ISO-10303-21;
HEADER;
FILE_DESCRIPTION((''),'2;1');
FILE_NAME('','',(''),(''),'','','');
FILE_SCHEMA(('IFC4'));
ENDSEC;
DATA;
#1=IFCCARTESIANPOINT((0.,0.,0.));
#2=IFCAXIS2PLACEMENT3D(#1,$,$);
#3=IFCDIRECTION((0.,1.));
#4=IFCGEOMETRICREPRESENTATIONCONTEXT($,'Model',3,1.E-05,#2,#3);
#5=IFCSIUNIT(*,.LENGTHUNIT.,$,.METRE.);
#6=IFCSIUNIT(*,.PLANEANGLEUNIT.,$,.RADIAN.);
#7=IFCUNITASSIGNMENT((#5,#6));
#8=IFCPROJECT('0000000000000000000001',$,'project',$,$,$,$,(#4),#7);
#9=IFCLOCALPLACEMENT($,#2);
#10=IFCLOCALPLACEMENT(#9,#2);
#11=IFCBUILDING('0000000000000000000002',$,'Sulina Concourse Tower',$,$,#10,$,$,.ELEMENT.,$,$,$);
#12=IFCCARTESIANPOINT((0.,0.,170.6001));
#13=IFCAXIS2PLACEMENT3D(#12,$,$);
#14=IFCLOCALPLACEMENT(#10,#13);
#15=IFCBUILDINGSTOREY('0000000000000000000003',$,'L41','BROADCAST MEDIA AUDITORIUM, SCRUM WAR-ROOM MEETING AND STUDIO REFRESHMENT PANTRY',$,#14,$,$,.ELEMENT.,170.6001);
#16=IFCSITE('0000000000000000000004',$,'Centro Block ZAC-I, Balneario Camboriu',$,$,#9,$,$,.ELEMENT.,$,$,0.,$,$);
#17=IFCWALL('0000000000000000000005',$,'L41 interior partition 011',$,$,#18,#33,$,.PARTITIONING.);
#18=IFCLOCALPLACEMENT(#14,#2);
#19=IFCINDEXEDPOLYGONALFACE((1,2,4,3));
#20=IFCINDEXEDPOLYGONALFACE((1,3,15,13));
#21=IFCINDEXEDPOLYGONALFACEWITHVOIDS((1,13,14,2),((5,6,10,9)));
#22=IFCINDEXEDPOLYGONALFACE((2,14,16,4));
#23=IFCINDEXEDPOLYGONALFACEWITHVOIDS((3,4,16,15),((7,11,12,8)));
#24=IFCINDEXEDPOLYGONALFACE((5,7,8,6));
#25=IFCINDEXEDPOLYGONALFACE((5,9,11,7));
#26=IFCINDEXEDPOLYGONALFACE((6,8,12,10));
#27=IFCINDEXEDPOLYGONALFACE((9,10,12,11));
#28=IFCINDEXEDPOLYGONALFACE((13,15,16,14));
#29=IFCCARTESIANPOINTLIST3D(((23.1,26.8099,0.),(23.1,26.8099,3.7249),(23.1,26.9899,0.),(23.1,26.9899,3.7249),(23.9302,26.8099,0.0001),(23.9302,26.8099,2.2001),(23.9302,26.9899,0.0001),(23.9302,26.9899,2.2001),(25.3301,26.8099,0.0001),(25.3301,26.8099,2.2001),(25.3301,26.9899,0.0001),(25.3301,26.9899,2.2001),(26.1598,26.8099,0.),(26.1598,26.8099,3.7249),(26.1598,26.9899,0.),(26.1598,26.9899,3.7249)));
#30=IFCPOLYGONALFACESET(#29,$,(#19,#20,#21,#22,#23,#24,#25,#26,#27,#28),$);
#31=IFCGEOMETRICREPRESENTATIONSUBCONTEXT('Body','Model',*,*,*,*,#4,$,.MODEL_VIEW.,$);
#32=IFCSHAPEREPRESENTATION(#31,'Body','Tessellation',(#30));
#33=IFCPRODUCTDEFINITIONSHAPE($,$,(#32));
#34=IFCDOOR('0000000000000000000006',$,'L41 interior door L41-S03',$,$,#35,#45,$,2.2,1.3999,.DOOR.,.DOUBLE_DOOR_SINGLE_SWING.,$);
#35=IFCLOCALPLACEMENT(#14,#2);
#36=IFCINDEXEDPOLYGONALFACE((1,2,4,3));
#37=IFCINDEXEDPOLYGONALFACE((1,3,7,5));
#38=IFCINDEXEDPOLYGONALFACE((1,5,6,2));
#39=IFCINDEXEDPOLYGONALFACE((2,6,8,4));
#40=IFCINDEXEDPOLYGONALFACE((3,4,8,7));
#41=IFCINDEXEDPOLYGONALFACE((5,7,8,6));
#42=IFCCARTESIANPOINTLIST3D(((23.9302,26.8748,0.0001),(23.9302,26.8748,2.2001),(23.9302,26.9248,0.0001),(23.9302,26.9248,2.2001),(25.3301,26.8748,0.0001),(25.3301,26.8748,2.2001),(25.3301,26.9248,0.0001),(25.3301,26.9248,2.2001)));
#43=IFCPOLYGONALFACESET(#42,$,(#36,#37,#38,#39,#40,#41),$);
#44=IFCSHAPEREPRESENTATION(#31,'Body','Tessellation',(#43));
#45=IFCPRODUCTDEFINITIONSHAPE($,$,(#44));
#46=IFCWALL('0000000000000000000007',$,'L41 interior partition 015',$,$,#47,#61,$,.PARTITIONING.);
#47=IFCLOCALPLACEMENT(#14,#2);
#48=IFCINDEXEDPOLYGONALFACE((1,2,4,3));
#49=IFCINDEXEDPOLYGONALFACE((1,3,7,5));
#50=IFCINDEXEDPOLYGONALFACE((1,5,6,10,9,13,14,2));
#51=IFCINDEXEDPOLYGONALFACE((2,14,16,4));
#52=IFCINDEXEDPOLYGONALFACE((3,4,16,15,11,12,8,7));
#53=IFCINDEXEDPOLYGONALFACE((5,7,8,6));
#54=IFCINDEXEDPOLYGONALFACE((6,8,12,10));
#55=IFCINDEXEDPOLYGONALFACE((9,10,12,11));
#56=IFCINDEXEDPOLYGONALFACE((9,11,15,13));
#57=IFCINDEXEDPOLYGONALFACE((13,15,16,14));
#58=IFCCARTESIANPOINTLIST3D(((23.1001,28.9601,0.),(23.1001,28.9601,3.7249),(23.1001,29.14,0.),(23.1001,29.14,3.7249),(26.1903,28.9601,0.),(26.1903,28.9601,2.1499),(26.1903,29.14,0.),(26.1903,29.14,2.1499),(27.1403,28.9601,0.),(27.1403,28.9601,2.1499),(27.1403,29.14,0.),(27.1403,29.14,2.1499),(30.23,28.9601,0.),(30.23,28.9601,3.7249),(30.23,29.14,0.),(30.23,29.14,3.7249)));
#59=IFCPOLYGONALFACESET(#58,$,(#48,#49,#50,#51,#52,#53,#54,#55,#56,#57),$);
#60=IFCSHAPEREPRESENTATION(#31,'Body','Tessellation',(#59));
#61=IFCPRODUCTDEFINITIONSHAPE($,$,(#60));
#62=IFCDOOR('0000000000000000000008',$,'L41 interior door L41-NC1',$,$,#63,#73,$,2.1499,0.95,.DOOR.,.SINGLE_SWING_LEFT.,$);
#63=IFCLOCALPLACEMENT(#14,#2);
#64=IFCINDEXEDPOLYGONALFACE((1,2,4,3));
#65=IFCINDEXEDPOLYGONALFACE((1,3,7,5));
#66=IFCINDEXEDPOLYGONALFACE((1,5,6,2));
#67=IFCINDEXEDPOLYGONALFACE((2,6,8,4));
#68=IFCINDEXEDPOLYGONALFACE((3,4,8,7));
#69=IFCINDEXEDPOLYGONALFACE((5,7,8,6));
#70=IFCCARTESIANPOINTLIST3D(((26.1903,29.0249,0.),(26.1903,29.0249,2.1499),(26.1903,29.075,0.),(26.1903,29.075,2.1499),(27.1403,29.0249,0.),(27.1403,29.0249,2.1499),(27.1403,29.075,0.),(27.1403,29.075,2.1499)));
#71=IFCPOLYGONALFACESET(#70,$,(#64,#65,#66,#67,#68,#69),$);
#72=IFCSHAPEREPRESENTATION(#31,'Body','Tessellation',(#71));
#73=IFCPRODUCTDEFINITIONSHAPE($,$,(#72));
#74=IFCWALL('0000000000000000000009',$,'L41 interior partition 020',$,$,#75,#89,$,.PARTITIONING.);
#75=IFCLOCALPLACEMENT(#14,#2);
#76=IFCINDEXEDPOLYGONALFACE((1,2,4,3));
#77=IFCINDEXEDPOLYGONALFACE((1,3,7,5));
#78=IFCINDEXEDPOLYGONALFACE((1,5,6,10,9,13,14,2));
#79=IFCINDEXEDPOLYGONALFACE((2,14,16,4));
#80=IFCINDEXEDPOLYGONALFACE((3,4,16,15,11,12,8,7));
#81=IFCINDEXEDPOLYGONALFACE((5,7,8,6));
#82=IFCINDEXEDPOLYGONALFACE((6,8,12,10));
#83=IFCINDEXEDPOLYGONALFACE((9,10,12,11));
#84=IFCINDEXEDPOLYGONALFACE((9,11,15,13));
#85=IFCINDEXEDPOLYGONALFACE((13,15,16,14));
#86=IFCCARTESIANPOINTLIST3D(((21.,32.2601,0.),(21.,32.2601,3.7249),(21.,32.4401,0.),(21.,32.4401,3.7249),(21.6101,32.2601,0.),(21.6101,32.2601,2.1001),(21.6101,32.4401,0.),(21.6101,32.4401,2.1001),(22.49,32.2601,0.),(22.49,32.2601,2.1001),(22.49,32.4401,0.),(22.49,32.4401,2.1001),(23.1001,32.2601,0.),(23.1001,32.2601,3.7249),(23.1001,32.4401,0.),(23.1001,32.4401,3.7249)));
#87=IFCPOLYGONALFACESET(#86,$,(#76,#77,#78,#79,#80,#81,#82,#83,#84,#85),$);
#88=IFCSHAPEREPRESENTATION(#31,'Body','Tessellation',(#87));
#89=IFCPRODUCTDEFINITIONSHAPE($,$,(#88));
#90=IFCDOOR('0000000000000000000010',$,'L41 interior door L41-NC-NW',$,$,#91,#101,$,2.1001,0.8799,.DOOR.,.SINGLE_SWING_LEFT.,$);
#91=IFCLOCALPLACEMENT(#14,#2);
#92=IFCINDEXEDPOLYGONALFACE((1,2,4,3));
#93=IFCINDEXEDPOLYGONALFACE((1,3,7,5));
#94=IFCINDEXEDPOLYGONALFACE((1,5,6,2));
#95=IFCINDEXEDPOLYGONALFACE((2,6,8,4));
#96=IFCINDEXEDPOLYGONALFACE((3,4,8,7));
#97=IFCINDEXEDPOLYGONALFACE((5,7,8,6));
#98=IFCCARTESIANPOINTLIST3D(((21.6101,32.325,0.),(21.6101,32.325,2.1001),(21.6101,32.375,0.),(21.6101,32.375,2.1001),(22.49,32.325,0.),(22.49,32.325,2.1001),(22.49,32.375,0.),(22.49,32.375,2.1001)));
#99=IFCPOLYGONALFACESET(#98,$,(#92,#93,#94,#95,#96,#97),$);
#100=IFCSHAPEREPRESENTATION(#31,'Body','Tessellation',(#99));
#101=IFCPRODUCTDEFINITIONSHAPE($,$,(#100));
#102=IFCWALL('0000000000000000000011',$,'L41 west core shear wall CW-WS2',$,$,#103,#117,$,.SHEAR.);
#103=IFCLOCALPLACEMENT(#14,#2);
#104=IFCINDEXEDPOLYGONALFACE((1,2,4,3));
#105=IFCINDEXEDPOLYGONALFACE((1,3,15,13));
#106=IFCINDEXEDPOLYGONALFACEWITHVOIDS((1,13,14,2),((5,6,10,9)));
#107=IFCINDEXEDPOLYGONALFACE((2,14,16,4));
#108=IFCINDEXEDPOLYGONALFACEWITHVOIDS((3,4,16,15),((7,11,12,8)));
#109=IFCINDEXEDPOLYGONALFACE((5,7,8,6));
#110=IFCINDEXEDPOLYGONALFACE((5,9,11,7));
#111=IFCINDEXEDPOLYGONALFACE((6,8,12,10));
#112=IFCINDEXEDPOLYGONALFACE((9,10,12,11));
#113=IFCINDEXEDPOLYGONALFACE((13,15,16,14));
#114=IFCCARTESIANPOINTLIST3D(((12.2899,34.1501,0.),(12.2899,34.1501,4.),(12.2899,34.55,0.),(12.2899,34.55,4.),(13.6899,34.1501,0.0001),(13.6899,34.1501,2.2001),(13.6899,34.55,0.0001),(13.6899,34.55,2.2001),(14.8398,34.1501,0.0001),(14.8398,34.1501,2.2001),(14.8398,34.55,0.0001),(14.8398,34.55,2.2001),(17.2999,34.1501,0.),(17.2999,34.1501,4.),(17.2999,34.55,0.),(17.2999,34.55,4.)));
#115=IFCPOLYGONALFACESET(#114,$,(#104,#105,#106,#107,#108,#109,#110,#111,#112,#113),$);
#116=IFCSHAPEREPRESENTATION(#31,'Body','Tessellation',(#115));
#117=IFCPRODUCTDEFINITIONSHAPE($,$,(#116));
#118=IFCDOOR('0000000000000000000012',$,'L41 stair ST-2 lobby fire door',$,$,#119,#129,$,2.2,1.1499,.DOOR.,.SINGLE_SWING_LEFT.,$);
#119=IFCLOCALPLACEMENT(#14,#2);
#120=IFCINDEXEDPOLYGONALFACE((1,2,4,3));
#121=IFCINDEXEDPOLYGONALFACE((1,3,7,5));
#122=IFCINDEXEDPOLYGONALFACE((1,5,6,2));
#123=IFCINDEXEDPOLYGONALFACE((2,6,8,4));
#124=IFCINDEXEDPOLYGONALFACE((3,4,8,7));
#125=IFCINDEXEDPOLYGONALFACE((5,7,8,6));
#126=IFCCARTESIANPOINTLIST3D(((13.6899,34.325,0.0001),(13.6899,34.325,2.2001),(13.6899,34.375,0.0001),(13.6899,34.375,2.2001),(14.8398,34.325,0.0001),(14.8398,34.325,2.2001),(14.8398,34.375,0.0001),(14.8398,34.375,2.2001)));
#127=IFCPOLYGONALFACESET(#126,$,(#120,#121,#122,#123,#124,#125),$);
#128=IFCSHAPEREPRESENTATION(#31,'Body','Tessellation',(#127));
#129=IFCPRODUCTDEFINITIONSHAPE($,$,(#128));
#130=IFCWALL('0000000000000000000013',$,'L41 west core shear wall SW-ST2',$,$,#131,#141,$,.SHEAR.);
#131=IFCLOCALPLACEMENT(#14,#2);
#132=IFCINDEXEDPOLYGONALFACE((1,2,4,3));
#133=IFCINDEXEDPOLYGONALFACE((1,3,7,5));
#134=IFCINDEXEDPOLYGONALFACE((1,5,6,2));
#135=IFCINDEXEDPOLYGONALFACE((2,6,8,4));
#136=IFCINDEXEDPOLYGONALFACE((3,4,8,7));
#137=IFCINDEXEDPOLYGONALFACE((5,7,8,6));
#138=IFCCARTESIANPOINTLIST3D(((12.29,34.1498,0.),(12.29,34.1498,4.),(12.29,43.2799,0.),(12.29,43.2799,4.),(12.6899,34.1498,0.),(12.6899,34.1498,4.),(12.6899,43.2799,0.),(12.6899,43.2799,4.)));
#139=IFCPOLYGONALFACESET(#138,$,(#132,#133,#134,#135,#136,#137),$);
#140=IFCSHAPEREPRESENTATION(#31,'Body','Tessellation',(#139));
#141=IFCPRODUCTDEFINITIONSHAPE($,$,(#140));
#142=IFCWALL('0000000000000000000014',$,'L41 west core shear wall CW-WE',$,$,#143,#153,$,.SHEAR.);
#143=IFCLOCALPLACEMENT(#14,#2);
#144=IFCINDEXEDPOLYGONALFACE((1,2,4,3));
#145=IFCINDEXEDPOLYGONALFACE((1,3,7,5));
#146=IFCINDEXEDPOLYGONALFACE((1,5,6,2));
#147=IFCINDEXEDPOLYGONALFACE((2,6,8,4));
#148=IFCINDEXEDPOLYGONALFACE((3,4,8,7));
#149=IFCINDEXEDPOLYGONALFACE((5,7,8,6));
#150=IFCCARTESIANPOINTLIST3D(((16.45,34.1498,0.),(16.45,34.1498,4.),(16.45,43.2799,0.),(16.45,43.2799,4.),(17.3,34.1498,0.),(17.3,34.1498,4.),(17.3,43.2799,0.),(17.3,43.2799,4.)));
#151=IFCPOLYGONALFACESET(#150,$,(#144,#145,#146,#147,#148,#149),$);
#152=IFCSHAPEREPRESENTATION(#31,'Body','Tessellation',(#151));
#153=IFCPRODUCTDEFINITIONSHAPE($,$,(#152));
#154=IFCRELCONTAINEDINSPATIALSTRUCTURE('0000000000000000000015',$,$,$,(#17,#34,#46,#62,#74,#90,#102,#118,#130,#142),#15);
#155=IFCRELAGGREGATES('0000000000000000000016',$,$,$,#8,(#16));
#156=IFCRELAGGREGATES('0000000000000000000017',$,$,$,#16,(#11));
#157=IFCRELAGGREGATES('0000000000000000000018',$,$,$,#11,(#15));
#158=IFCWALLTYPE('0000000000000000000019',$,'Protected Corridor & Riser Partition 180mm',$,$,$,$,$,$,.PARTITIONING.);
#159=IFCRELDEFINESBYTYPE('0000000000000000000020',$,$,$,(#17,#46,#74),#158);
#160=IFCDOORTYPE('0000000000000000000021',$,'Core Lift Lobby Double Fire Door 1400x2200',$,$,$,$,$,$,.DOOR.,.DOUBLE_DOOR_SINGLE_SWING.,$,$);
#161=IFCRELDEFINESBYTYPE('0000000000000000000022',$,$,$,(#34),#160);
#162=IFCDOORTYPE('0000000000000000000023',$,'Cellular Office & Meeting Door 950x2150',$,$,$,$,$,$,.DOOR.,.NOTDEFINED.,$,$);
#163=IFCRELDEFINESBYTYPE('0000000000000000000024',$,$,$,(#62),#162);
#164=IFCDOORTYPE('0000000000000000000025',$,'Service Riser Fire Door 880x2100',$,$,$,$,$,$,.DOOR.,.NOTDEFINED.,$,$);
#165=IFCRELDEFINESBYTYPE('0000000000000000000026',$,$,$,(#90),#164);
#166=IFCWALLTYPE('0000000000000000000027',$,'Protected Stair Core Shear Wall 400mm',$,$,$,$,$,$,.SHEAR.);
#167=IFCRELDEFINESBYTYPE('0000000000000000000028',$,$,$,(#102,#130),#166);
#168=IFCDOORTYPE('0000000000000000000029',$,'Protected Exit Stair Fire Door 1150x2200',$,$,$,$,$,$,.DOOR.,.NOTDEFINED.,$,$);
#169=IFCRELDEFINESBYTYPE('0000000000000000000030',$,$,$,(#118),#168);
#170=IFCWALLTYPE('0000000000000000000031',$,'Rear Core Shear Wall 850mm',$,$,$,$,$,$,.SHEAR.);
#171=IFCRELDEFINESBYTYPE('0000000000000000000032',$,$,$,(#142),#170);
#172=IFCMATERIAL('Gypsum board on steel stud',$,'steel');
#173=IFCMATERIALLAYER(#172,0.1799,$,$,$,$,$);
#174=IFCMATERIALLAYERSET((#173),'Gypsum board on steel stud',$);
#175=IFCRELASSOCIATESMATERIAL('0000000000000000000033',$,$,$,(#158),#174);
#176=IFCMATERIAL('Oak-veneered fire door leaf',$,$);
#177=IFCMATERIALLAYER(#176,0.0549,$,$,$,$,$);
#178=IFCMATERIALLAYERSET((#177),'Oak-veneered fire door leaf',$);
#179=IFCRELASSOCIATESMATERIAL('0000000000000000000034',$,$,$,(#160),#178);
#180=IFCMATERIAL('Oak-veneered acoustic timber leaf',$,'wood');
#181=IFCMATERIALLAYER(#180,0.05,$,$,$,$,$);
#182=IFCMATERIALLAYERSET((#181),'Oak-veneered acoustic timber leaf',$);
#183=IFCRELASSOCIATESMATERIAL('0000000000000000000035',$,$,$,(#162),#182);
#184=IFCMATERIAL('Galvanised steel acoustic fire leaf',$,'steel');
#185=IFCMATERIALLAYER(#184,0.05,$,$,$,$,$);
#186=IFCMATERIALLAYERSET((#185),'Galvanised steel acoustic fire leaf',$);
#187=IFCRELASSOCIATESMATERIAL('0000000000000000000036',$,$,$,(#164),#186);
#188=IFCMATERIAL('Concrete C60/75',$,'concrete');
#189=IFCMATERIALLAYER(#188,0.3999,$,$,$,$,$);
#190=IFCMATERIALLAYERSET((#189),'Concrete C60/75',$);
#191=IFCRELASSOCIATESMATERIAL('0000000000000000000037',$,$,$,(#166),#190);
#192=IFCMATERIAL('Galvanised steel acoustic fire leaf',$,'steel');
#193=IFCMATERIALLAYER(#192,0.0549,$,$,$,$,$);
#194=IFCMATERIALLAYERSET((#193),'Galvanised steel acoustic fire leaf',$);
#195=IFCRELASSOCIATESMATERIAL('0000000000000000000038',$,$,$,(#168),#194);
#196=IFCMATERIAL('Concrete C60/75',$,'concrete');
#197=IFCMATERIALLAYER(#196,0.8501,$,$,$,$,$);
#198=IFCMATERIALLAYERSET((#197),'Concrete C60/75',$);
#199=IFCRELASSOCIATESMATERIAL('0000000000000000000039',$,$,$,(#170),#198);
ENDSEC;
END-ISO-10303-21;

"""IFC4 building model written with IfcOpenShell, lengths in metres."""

from ifc_helpers import new_model, si_unit, direction, frame, frame_2d, origin, place, context, subcontext, project, spatial, rectangle, extrude, material, layer, layer_set, type_object, element, fill, save


model = new_model("IFC4")

# Units and contexts
model_context = context("Model", 3, precision=1e-05, world=origin(), true_north=direction((0.0, 1.0)))
body_context = subcontext(model_context, "Body", "Model", "MODEL_VIEW")
ifc_project = project(units=[si_unit("LENGTHUNIT", "METRE"), si_unit("PLANEANGLEUNIT", "RADIAN")], contexts=[model_context])

# Site, building, storey
site_placement = place(None, origin())
site = spatial("IfcSite", under=ifc_project, at=site_placement, Name="Centro Block ZAC-I, Balneario Camboriu", CompositionType="ELEMENT", RefElevation=0.0)
building_placement = place(site_placement, origin())
building = spatial("IfcBuilding", under=site, at=building_placement, Name="Sulina Concourse Tower", CompositionType="ELEMENT")
storey_placement = place(building_placement, frame((0.0, 0.0, 170.6001)))
storey = spatial("IfcBuildingStorey", under=building, at=storey_placement, Name="L41", Description="BROADCAST MEDIA AUDITORIUM, SCRUM WAR-ROOM MEETING AND STUDIO REFRESHMENT PANTRY", CompositionType="ELEMENT", Elevation=170.6001)

# Walls, openings, doors
ifc_material_1 = material(Name="Gypsum board on steel stud", Category="steel")
ifc_layer_1 = layer(ifc_material_1, 0.1799)
ifc_layer_set_1 = layer_set([ifc_layer_1], Name="Gypsum board on steel stud")
wall_type_1 = type_object("IfcWallType", Name="Protected Corridor & Riser Partition 180mm", PredefinedType="PARTITIONING", material=ifc_layer_set_1)
wall_1_placement = place(storey_placement, frame((23.1001, 26.8999, 0.0), z_axis=(0.0, 0.0, 1.0), x_axis=(1.0, 0.0, 0.0)))
wall_1 = element("IfcWall", 1, at=wall_1_placement, inside=storey, type_object=wall_type_1, Name="L41 interior partition 011", PredefinedType="PARTITIONING", context=body_context, shape_type="SweptSolid", body=[
    extrude(rectangle(XDim=3.0598, YDim=0.1799, at=frame_2d((1.5298, 0.0))), origin(), (0.0, 0.0, 1.0), 3.7249),
])
opening_1_placement = place(wall_1_placement, frame((0.8301, 0.0, 0.0)))
opening_1 = element("IfcOpeningElement", 2, at=opening_1_placement, cuts=wall_1, PredefinedType="OPENING", context=body_context, shape_type="SweptSolid", body=[
    extrude(rectangle(XDim=1.3999, YDim=2.2, at=frame_2d((0.7, 1.1001))), frame((0.0, 0.0999, 0.0), z_axis=(0.0, -1.0, 0.0), x_axis=(1.0, 0.0, 0.0)), (0.0, 0.0, 1.0), 0.2),
])
ifc_material_2 = material(Name="Oak-veneered fire door leaf")
ifc_layer_2 = layer(ifc_material_2, 0.0549)
ifc_layer_set_2 = layer_set([ifc_layer_2], Name="Oak-veneered fire door leaf")
door_type_1 = type_object("IfcDoorType", Name="Core Lift Lobby Double Fire Door 1400x2200", OperationType="DOUBLE_DOOR_SINGLE_SWING", PredefinedType="DOOR", material=ifc_layer_set_2)
door_1_placement = place(opening_1_placement, origin())
door_1 = element("IfcDoor", 3, at=door_1_placement, inside=storey, type_object=door_type_1, Name="L41 interior door L41-S03", OperationType="DOUBLE_DOOR_SINGLE_SWING", OverallHeight=2.2, OverallWidth=1.3999, PredefinedType="DOOR", context=body_context, shape_type="SweptSolid", body=[
    extrude(rectangle(XDim=1.3999, YDim=2.2, at=frame_2d((0.7, 1.1001))), frame((0.0, 0.0249, 0.0), z_axis=(0.0, -1.0, 0.0), x_axis=(1.0, 0.0, 0.0)), (0.0, 0.0, 1.0), 0.05),
])
fill(opening_1, door_1)
wall_2_placement = place(storey_placement, frame((23.1001, 29.05, 0.0), z_axis=(0.0, 0.0, 1.0), x_axis=(1.0, 0.0, 0.0)))
wall_2 = element("IfcWall", 4, at=wall_2_placement, inside=storey, type_object=wall_type_1, Name="L41 interior partition 015", PredefinedType="PARTITIONING", context=body_context, shape_type="SweptSolid", body=[
    extrude(rectangle(XDim=7.1299, YDim=0.1799, at=frame_2d((3.5649, 0.0))), origin(), (0.0, 0.0, 1.0), 3.7249),
])
opening_2_placement = place(wall_2_placement, frame((3.0901, 0.0, 0.0)))
opening_2 = element("IfcOpeningElement", 5, at=opening_2_placement, cuts=wall_2, PredefinedType="OPENING", context=body_context, shape_type="SweptSolid", body=[
    extrude(rectangle(XDim=0.95, YDim=2.1499, at=frame_2d((0.4751, 1.075))), frame((0.0, 0.0999, 0.0), z_axis=(0.0, -1.0, 0.0), x_axis=(1.0, 0.0, 0.0)), (0.0, 0.0, 1.0), 0.2),
])
ifc_material_3 = material(Name="Oak-veneered acoustic timber leaf", Category="wood")
ifc_layer_3 = layer(ifc_material_3, 0.05)
ifc_layer_set_3 = layer_set([ifc_layer_3], Name="Oak-veneered acoustic timber leaf")
door_type_2 = type_object("IfcDoorType", Name="Cellular Office & Meeting Door 950x2150", OperationType="NOTDEFINED", PredefinedType="DOOR", material=ifc_layer_set_3)
door_2_placement = place(opening_2_placement, origin())
door_2 = element("IfcDoor", 6, at=door_2_placement, inside=storey, type_object=door_type_2, Name="L41 interior door L41-NC1", OperationType="SINGLE_SWING_LEFT", OverallHeight=2.1499, OverallWidth=0.95, PredefinedType="DOOR", context=body_context, shape_type="SweptSolid", body=[
    extrude(rectangle(XDim=0.95, YDim=2.1499, at=frame_2d((0.4751, 1.075))), frame((0.0, 0.0249, 0.0), z_axis=(0.0, -1.0, 0.0), x_axis=(1.0, 0.0, 0.0)), (0.0, 0.0, 1.0), 0.05),
])
fill(opening_2, door_2)
wall_3_placement = place(storey_placement, frame((21.0, 32.3501, 0.0), z_axis=(0.0, 0.0, 1.0), x_axis=(1.0, 0.0, 0.0)))
wall_3 = element("IfcWall", 7, at=wall_3_placement, inside=storey, type_object=wall_type_1, Name="L41 interior partition 020", PredefinedType="PARTITIONING", context=body_context, shape_type="SweptSolid", body=[
    extrude(rectangle(XDim=2.1001, YDim=0.1799, at=frame_2d((1.05, 0.0))), origin(), (0.0, 0.0, 1.0), 3.7249),
])
opening_3_placement = place(wall_3_placement, frame((0.6101, 0.0, 0.0)))
opening_3 = element("IfcOpeningElement", 8, at=opening_3_placement, cuts=wall_3, PredefinedType="OPENING", context=body_context, shape_type="SweptSolid", body=[
    extrude(rectangle(XDim=0.8799, YDim=2.1001, at=frame_2d((0.4399, 1.05))), frame((0.0, 0.0999, 0.0), z_axis=(0.0, -1.0, 0.0), x_axis=(1.0, 0.0, 0.0)), (0.0, 0.0, 1.0), 0.2),
])
ifc_material_4 = material(Name="Galvanised steel acoustic fire leaf", Category="steel")
ifc_layer_4 = layer(ifc_material_4, 0.05)
ifc_layer_set_4 = layer_set([ifc_layer_4], Name="Galvanised steel acoustic fire leaf")
door_type_3 = type_object("IfcDoorType", Name="Service Riser Fire Door 880x2100", OperationType="NOTDEFINED", PredefinedType="DOOR", material=ifc_layer_set_4)
door_3_placement = place(opening_3_placement, origin())
door_3 = element("IfcDoor", 9, at=door_3_placement, inside=storey, type_object=door_type_3, Name="L41 interior door L41-NC-NW", OperationType="SINGLE_SWING_LEFT", OverallHeight=2.1001, OverallWidth=0.8799, PredefinedType="DOOR", context=body_context, shape_type="SweptSolid", body=[
    extrude(rectangle(XDim=0.8799, YDim=2.1001, at=frame_2d((0.4399, 1.05))), frame((0.0, 0.0249, 0.0), z_axis=(0.0, -1.0, 0.0), x_axis=(1.0, 0.0, 0.0)), (0.0, 0.0, 1.0), 0.05),
])
fill(opening_3, door_3)
ifc_material_5 = material(Name="Concrete C60/75", Category="concrete")
ifc_layer_5 = layer(ifc_material_5, 0.3999)
ifc_layer_set_5 = layer_set([ifc_layer_5], Name="Concrete C60/75")
wall_type_2 = type_object("IfcWallType", Name="Protected Stair Core Shear Wall 400mm", PredefinedType="SHEAR", material=ifc_layer_set_5)
wall_4_placement = place(storey_placement, frame((12.29, 34.3501, 0.0), z_axis=(0.0, 0.0, 1.0), x_axis=(1.0, 0.0, 0.0)))
wall_4 = element("IfcWall", 10, at=wall_4_placement, inside=storey, type_object=wall_type_2, Name="L41 west core shear wall CW-WS2", PredefinedType="SHEAR", context=body_context, shape_type="SweptSolid", body=[
    extrude(rectangle(XDim=5.01, YDim=0.3999, at=frame_2d((2.5049, 0.0))), origin(), (0.0, 0.0, 1.0), 4.0),
])
opening_4_placement = place(wall_4_placement, frame((1.3999, 0.0, 0.0)))
opening_4 = element("IfcOpeningElement", 11, at=opening_4_placement, cuts=wall_4, PredefinedType="OPENING", context=body_context, shape_type="SweptSolid", body=[
    extrude(rectangle(XDim=1.1499, YDim=2.2, at=frame_2d((0.575, 1.1001))), frame((0.0, 0.21, 0.0), z_axis=(0.0, -1.0, 0.0), x_axis=(1.0, 0.0, 0.0)), (0.0, 0.0, 1.0), 0.4199),
])
ifc_material_6 = material(Name="Galvanised steel acoustic fire leaf", Category="steel")
ifc_layer_6 = layer(ifc_material_6, 0.0549)
ifc_layer_set_6 = layer_set([ifc_layer_6], Name="Galvanised steel acoustic fire leaf")
door_type_4 = type_object("IfcDoorType", Name="Protected Exit Stair Fire Door 1150x2200", OperationType="NOTDEFINED", PredefinedType="DOOR", material=ifc_layer_set_6)
door_4_placement = place(opening_4_placement, origin())
door_4 = element("IfcDoor", 12, at=door_4_placement, inside=storey, type_object=door_type_4, Name="L41 stair ST-2 lobby fire door", OperationType="SINGLE_SWING_LEFT", OverallHeight=2.2, OverallWidth=1.1499, PredefinedType="DOOR", context=body_context, shape_type="SweptSolid", body=[
    extrude(rectangle(XDim=1.1499, YDim=2.2, at=frame_2d((0.575, 1.1001))), frame((0.0, 0.0249, 0.0), z_axis=(0.0, -1.0, 0.0), x_axis=(1.0, 0.0, 0.0)), (0.0, 0.0, 1.0), 0.05),
])
fill(opening_4, door_4)

# Walls
wall_5_placement = place(storey_placement, frame((12.49, 34.1499, 0.0), z_axis=(0.0, 0.0, 1.0), x_axis=(0.0, 1.0, 0.0)))
element("IfcWall", 13, at=wall_5_placement, inside=storey, type_object=wall_type_2, Name="L41 west core shear wall SW-ST2", PredefinedType="SHEAR", context=body_context, shape_type="SweptSolid", body=[
    extrude(rectangle(XDim=9.1301, YDim=0.3999, at=frame_2d((4.5649, 0.0))), origin(), (0.0, 0.0, 1.0), 4.0),
])
ifc_material_7 = material(Name="Concrete C60/75", Category="concrete")
ifc_layer_7 = layer(ifc_material_7, 0.8501)
ifc_layer_set_7 = layer_set([ifc_layer_7], Name="Concrete C60/75")
wall_type_3 = type_object("IfcWallType", Name="Rear Core Shear Wall 850mm", PredefinedType="SHEAR", material=ifc_layer_set_7)
wall_6_placement = place(storey_placement, frame((16.875, 34.1499, 0.0), z_axis=(0.0, 0.0, 1.0), x_axis=(0.0, 1.0, 0.0)))
element("IfcWall", 14, at=wall_6_placement, inside=storey, type_object=wall_type_3, Name="L41 west core shear wall CW-WE", PredefinedType="SHEAR", context=body_context, shape_type="SweptSolid", body=[
    extrude(rectangle(XDim=9.1301, YDim=0.8501, at=frame_2d((4.5649, 0.0))), origin(), (0.0, 0.0, 1.0), 4.0),
])

save(model, "model.ifc")
